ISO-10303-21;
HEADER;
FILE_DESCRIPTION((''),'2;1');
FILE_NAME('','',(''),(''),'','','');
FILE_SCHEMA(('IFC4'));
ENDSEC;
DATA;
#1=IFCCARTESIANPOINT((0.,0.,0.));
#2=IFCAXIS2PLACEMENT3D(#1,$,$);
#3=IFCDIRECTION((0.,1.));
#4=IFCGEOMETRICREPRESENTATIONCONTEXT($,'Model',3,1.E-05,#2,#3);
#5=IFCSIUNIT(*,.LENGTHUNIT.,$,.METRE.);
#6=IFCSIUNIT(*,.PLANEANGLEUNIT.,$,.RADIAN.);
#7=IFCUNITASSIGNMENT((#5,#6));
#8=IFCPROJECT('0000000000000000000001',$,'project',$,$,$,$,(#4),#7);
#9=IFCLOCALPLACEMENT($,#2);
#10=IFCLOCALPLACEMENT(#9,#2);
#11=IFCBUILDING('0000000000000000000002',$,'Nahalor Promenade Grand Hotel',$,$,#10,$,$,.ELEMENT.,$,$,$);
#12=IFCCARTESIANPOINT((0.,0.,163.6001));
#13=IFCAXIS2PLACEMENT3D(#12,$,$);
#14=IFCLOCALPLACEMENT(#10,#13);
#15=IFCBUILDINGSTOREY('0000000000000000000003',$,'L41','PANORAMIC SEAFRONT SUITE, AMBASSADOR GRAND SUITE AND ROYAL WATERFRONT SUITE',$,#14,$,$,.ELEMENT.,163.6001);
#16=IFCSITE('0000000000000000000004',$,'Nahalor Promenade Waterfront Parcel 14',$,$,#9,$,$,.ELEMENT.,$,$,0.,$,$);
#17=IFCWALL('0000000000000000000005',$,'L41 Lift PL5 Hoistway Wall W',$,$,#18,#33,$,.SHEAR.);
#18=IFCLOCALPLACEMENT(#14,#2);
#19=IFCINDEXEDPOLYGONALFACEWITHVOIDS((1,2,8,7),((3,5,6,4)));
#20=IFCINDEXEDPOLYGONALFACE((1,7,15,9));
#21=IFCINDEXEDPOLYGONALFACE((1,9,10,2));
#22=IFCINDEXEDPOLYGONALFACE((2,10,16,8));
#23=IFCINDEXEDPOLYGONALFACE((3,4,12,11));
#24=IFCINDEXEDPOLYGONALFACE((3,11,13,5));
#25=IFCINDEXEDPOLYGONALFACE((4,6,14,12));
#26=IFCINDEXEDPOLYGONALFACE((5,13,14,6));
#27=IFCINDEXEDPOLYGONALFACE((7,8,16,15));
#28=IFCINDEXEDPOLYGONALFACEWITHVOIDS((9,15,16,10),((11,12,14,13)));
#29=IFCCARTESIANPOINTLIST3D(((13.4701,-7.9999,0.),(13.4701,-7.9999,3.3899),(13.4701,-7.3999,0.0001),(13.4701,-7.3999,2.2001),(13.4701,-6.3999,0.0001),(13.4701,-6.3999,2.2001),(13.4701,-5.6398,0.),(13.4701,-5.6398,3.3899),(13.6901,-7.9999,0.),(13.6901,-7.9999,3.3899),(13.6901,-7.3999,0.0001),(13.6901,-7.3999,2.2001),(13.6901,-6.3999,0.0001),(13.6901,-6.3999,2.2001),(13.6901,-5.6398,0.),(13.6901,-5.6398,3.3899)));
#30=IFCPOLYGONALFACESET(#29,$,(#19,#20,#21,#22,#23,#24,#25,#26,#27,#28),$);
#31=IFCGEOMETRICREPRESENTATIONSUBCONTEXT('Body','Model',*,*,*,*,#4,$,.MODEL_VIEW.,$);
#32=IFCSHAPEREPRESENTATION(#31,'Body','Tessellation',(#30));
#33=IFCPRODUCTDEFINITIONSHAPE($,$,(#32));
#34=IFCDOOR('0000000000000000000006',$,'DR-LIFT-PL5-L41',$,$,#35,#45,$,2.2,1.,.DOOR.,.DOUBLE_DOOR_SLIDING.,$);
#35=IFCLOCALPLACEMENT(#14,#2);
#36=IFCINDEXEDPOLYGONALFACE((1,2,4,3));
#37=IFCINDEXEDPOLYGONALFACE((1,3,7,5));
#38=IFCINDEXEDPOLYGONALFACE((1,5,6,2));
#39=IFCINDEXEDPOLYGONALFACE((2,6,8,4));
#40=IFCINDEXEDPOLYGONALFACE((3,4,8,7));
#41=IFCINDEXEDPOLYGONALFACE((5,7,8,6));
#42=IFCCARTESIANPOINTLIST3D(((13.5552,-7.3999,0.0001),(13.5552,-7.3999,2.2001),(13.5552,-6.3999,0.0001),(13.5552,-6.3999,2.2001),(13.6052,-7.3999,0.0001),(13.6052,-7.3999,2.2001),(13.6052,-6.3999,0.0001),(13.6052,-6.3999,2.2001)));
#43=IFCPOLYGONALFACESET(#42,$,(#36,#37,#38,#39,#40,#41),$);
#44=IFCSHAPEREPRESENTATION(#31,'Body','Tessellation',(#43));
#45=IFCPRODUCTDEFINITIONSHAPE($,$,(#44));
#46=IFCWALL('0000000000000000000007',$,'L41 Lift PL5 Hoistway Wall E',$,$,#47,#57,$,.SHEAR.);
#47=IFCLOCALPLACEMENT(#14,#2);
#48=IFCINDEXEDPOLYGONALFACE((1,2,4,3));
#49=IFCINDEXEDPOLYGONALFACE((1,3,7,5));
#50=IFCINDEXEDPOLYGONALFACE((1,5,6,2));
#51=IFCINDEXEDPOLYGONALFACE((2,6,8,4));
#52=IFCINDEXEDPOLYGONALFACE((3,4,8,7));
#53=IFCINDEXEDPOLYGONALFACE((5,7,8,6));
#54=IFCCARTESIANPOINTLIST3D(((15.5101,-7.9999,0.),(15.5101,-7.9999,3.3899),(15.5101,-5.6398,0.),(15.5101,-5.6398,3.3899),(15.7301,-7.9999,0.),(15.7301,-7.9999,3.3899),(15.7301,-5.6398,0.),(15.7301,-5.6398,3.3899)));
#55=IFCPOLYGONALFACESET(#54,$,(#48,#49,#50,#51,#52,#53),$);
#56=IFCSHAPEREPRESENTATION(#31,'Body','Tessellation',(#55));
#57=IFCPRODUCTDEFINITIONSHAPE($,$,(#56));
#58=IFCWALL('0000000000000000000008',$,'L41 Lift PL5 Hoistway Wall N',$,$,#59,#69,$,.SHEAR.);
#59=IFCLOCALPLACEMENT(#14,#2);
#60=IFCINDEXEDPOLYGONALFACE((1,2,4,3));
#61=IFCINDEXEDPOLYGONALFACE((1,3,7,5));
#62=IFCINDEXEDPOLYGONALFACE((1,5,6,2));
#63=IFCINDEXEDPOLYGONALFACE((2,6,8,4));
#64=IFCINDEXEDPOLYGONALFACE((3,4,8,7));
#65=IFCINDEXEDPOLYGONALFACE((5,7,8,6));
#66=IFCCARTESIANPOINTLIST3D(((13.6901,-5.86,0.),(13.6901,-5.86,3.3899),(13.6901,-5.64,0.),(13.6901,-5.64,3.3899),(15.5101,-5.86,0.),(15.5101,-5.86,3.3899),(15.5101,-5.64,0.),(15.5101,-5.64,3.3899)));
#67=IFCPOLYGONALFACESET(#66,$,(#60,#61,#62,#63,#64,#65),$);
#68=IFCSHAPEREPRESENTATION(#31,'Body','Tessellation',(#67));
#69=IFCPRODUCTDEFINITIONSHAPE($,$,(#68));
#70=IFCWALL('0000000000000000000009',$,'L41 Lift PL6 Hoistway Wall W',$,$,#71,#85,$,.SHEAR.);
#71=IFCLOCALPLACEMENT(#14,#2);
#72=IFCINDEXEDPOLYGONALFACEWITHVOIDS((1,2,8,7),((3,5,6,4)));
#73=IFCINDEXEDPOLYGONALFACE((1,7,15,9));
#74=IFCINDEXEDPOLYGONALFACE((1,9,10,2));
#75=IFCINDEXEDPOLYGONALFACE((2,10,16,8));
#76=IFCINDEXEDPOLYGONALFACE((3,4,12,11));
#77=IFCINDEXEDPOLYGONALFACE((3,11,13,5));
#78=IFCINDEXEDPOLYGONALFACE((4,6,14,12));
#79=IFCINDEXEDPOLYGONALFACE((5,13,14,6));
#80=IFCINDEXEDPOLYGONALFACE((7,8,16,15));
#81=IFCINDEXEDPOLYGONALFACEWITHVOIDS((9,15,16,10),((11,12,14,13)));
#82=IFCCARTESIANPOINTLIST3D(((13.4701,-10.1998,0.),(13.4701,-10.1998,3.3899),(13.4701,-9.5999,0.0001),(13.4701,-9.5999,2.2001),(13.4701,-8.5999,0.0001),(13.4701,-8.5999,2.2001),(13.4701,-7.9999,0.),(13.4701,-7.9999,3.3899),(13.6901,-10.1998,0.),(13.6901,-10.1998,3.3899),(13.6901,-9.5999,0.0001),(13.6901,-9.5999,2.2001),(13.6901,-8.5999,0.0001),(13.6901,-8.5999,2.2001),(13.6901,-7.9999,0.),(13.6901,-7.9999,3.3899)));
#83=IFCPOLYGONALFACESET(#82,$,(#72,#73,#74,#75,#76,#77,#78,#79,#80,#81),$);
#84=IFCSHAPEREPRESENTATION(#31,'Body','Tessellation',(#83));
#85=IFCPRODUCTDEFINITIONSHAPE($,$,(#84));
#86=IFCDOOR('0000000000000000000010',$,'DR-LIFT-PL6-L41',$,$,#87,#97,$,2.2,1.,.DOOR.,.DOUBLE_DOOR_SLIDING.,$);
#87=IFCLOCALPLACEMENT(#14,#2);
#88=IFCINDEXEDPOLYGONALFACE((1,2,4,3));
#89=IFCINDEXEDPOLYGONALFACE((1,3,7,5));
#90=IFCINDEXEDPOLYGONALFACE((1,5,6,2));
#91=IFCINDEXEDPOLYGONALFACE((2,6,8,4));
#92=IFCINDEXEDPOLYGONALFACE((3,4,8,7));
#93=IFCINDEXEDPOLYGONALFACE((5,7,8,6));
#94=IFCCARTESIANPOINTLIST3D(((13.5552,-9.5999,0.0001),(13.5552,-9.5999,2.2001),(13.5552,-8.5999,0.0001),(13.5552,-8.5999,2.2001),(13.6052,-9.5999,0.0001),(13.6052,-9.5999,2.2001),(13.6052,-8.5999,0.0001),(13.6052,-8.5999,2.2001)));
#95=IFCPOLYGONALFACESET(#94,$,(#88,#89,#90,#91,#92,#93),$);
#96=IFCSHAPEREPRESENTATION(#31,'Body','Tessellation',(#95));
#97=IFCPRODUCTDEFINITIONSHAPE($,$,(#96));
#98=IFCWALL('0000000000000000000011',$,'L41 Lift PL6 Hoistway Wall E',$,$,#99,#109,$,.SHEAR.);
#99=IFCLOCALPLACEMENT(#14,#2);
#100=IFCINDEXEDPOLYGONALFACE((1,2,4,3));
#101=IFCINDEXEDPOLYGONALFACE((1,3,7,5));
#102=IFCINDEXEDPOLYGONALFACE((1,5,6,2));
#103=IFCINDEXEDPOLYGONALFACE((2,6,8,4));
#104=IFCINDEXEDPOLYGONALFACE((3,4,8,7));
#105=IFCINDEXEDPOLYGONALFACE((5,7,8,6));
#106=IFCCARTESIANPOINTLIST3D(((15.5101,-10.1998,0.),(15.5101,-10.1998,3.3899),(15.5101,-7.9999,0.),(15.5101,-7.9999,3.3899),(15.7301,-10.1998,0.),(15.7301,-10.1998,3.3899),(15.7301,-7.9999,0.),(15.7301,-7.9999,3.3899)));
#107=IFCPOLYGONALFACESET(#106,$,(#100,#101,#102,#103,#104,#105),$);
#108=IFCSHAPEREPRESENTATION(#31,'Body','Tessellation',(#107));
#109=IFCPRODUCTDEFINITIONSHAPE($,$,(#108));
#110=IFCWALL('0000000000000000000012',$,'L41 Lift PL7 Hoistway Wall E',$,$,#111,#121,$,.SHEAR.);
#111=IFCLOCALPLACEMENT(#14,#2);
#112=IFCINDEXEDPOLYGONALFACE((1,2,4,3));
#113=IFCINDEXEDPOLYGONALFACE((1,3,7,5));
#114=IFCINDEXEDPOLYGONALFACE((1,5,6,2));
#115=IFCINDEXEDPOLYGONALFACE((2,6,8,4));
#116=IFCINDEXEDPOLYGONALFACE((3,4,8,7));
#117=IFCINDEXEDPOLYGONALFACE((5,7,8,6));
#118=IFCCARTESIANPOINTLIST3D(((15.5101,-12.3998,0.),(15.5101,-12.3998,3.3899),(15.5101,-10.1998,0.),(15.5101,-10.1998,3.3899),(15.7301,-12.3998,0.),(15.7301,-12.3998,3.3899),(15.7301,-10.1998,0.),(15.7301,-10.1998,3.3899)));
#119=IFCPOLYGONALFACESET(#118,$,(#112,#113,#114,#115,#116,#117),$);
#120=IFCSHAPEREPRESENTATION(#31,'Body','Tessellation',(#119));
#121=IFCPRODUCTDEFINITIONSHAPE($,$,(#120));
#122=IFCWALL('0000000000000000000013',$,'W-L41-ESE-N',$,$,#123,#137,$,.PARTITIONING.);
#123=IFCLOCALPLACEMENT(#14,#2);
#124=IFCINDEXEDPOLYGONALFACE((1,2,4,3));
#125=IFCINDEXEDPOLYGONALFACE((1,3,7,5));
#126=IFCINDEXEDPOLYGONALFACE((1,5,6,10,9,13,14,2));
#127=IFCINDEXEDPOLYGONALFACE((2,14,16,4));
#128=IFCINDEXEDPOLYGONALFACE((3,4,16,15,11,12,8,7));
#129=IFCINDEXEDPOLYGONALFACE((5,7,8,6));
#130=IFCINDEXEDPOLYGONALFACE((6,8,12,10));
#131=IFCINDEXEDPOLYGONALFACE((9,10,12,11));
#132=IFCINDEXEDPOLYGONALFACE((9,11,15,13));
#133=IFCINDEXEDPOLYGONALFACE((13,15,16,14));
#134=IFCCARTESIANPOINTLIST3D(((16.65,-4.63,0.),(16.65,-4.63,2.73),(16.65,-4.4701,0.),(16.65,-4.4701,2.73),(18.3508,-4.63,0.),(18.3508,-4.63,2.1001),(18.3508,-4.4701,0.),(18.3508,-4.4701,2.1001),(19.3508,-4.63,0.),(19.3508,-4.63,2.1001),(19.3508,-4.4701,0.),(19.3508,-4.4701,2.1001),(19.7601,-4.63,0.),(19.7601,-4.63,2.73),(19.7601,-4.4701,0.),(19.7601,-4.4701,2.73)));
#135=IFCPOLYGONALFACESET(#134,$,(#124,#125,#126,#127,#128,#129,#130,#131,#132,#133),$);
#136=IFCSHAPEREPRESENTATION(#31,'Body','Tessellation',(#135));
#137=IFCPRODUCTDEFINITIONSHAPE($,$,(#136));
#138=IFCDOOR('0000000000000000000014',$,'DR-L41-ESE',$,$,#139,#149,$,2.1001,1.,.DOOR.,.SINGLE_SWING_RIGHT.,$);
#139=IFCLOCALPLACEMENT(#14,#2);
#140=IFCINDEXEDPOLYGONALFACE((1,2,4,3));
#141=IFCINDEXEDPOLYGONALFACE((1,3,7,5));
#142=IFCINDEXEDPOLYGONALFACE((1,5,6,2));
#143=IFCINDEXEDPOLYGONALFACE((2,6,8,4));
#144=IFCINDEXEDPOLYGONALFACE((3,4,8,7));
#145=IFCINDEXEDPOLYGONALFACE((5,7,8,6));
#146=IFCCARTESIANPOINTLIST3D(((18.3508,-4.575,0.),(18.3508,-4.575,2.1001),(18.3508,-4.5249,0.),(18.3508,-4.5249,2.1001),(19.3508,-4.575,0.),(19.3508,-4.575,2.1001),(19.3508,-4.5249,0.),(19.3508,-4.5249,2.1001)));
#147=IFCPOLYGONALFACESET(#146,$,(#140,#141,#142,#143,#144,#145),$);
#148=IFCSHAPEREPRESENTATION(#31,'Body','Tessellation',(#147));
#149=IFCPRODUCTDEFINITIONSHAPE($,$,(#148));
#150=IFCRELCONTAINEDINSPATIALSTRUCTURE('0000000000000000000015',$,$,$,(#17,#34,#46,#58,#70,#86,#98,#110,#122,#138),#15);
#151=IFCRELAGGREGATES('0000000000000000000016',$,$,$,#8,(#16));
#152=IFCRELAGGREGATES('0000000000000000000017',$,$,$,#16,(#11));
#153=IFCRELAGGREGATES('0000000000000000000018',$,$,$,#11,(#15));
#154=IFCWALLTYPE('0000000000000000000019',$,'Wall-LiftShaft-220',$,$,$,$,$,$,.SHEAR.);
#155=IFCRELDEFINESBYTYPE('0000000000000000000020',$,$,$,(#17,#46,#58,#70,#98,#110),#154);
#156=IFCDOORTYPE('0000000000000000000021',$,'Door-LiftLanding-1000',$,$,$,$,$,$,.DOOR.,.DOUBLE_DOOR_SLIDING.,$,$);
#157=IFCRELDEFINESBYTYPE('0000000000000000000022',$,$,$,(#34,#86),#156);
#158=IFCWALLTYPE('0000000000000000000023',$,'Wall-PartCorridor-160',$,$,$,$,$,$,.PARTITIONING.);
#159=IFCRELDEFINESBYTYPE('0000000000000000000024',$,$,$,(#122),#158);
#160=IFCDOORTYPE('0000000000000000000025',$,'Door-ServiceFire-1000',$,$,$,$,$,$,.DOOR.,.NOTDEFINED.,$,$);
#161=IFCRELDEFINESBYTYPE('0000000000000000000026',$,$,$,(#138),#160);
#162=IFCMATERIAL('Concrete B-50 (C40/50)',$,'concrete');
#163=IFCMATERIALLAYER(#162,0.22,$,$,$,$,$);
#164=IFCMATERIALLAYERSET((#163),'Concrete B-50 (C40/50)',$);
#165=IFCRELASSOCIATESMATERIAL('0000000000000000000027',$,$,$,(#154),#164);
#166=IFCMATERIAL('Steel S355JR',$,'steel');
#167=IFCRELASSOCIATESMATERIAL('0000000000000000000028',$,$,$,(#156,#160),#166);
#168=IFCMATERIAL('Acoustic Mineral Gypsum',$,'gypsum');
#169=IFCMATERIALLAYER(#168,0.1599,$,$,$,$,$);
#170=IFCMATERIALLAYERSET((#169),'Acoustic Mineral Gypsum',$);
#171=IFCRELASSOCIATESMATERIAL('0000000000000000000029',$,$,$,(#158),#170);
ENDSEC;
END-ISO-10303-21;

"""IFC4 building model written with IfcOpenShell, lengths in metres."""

from ifc_helpers import new_model, si_unit, direction, frame, frame_2d, origin, place, context, subcontext, project, spatial, rectangle, extrude, source, transform, mapped, material, layer, layer_set, type_object, element, fill, save


model = new_model("IFC4")

# Units and contexts
model_context = context("Model", 3, precision=1e-05, world=origin(), true_north=direction((0.0, 1.0)))
body_context = subcontext(model_context, "Body", "Model", "MODEL_VIEW")
ifc_project = project(units=[si_unit("LENGTHUNIT", "METRE"), si_unit("PLANEANGLEUNIT", "RADIAN")], contexts=[model_context])

# Site, building, storey
site_placement = place(None, origin())
site = spatial("IfcSite", under=ifc_project, at=site_placement, Name="Nahalor Promenade Waterfront Parcel 14", CompositionType="ELEMENT", RefElevation=0.0)
building_placement = place(site_placement, origin())
building = spatial("IfcBuilding", under=site, at=building_placement, Name="Nahalor Promenade Grand Hotel", CompositionType="ELEMENT")
storey_placement = place(building_placement, frame((0.0, 0.0, 163.6001)))
storey = spatial("IfcBuildingStorey", under=building, at=storey_placement, Name="L41", Description="PANORAMIC SEAFRONT SUITE, AMBASSADOR GRAND SUITE AND ROYAL WATERFRONT SUITE", CompositionType="ELEMENT", Elevation=163.6001)

# Shared definitions
ifc_material_1 = material(Name="Steel S355JR", Category="steel")

# Shared definitions
ifc_material_2 = material(Name="Concrete B-50 (C40/50)", Category="concrete")
ifc_layer_1 = layer(ifc_material_2, 0.22)
ifc_layer_set_1 = layer_set([ifc_layer_1], Name="Concrete B-50 (C40/50)")
wall_type_1 = type_object("IfcWallType", Name="Wall-LiftShaft-220", PredefinedType="SHEAR", material=ifc_layer_set_1)

# Wall, opening, door
shared_shape_1 = source(origin(), body_context, "Body", "SweptSolid", [
    extrude(rectangle(XDim=2.3601, YDim=0.22, at=frame_2d((1.1802, 0.0))), origin(), (0.0, 0.0, 1.0), 3.3899),
])
wall_1_placement = place(storey_placement, frame((13.5801, -8.0, 0.0), z_axis=(0.0, 0.0, 1.0), x_axis=(0.0, 1.0, 0.0)))
wall_1 = element("IfcWall", 1, at=wall_1_placement, inside=storey, type_object=wall_type_1, Name="L41 Lift PL5 Hoistway Wall W", PredefinedType="SHEAR", context=body_context, shape_type="MappedRepresentation", body=[
    mapped(shared_shape_1, transform((0.0, 0.0, 0.0), scale=1.0)),
])
opening_1_placement = place(wall_1_placement, frame((0.6001, 0.0, 0.0)))
opening_1 = element("IfcOpeningElement", 2, at=opening_1_placement, cuts=wall_1, PredefinedType="OPENING", context=body_context, shape_type="SweptSolid", body=[
    extrude(rectangle(XDim=1.0, YDim=2.2, at=frame_2d((0.5, 1.1001))), frame((0.0, 0.1199, 0.0), z_axis=(0.0, -1.0, 0.0), x_axis=(1.0, 0.0, 0.0)), (0.0, 0.0, 1.0), 0.24),
])
door_type_1 = type_object("IfcDoorType", Name="Door-LiftLanding-1000", OperationType="DOUBLE_DOOR_SLIDING", PredefinedType="DOOR", material=ifc_material_1)
shared_shape_2 = source(origin(), body_context, "Body", "SweptSolid", [
    extrude(rectangle(XDim=1.0, YDim=2.2, at=frame_2d((0.5, 1.1001))), frame((0.0, 0.0249, 0.0), z_axis=(0.0, -1.0, 0.0), x_axis=(1.0, 0.0, 0.0)), (0.0, 0.0, 1.0), 0.05),
])
door_1_placement = place(opening_1_placement, origin())
door_1 = element("IfcDoor", 3, at=door_1_placement, inside=storey, type_object=door_type_1, Name="DR-LIFT-PL5-L41", OperationType="DOUBLE_DOOR_SLIDING", OverallHeight=2.2, OverallWidth=1.0, PredefinedType="DOOR", context=body_context, shape_type="MappedRepresentation", body=[
    mapped(shared_shape_2, transform((0.0, 0.0, 0.0), scale=1.0)),
])
fill(opening_1, door_1)

# Walls
wall_2_placement = place(storey_placement, frame((15.6201, -8.0, 0.0), z_axis=(0.0, 0.0, 1.0), x_axis=(0.0, 1.0, 0.0)))
element("IfcWall", 4, at=wall_2_placement, inside=storey, type_object=wall_type_1, Name="L41 Lift PL5 Hoistway Wall E", PredefinedType="SHEAR", context=body_context, shape_type="MappedRepresentation", body=[
    mapped(shared_shape_1, transform((0.0, 0.0, 0.0), scale=1.0)),
])
shared_shape_3 = source(origin(), body_context, "Body", "SweptSolid", [
    extrude(rectangle(XDim=1.8201, YDim=0.22, at=frame_2d((0.9102, 0.0))), origin(), (0.0, 0.0, 1.0), 3.3899),
])
wall_3_placement = place(storey_placement, frame((13.6899, -5.75, 0.0), z_axis=(0.0, 0.0, 1.0), x_axis=(1.0, 0.0, 0.0)))
element("IfcWall", 5, at=wall_3_placement, inside=storey, type_object=wall_type_1, Name="L41 Lift PL5 Hoistway Wall N", PredefinedType="SHEAR", context=body_context, shape_type="MappedRepresentation", body=[
    mapped(shared_shape_3, transform((0.0, 0.0, 0.0), scale=1.0)),
])

# Wall, opening, door
shared_shape_4 = source(origin(), body_context, "Body", "SweptSolid", [
    extrude(rectangle(XDim=2.2, YDim=0.22, at=frame_2d((1.1001, 0.0))), origin(), (0.0, 0.0, 1.0), 3.3899),
])
wall_4_placement = place(storey_placement, frame((13.5801, -10.2, 0.0), z_axis=(0.0, 0.0, 1.0), x_axis=(0.0, 1.0, 0.0)))
wall_4 = element("IfcWall", 6, at=wall_4_placement, inside=storey, type_object=wall_type_1, Name="L41 Lift PL6 Hoistway Wall W", PredefinedType="SHEAR", context=body_context, shape_type="MappedRepresentation", body=[
    mapped(shared_shape_4, transform((0.0, 0.0, 0.0), scale=1.0)),
])
opening_2_placement = place(wall_4_placement, frame((0.6001, 0.0, 0.0)))
opening_2 = element("IfcOpeningElement", 7, at=opening_2_placement, cuts=wall_4, PredefinedType="OPENING", context=body_context, shape_type="SweptSolid", body=[
    extrude(rectangle(XDim=1.0, YDim=2.2, at=frame_2d((0.5, 1.1001))), frame((0.0, 0.1199, 0.0), z_axis=(0.0, -1.0, 0.0), x_axis=(1.0, 0.0, 0.0)), (0.0, 0.0, 1.0), 0.24),
])
door_2_placement = place(opening_2_placement, origin())
door_2 = element("IfcDoor", 8, at=door_2_placement, inside=storey, type_object=door_type_1, Name="DR-LIFT-PL6-L41", OperationType="DOUBLE_DOOR_SLIDING", OverallHeight=2.2, OverallWidth=1.0, PredefinedType="DOOR", context=body_context, shape_type="MappedRepresentation", body=[
    mapped(shared_shape_2, transform((0.0, 0.0, 0.0), scale=1.0)),
])
fill(opening_2, door_2)

# Walls
for number, where, z_axis, x_axis, name in (
    (9, (15.6201, -10.2, 0.0), (0.0, 0.0, 1.0), (0.0, 1.0, 0.0), "L41 Lift PL6 Hoistway Wall E"),
    (10, (15.6201, -12.3999, 0.0), (0.0, 0.0, 1.0), (0.0, 1.0, 0.0), "L41 Lift PL7 Hoistway Wall E"),
):
    element("IfcWall", number, at=place(storey_placement, frame(where, z_axis=z_axis, x_axis=x_axis)), inside=storey, type_object=wall_type_1, Name=name, PredefinedType="SHEAR", context=body_context, shape_type="MappedRepresentation", body=[
        mapped(shared_shape_4, transform((0.0, 0.0, 0.0), scale=1.0)),
    ])

# Wall, opening, door
ifc_material_3 = material(Name="Acoustic Mineral Gypsum", Category="gypsum")
ifc_layer_2 = layer(ifc_material_3, 0.1599)
ifc_layer_set_2 = layer_set([ifc_layer_2], Name="Acoustic Mineral Gypsum")
wall_type_2 = type_object("IfcWallType", Name="Wall-PartCorridor-160", PredefinedType="PARTITIONING", material=ifc_layer_set_2)
shared_shape_5 = source(origin(), body_context, "Body", "SweptSolid", [
    extrude(rectangle(XDim=3.1101, YDim=0.1599, at=frame_2d((1.5552, 0.0))), origin(), (0.0, 0.0, 1.0), 2.73),
])
wall_5_placement = place(storey_placement, frame((16.6499, -4.55, 0.0), z_axis=(0.0, 0.0, 1.0), x_axis=(1.0, 0.0, 0.0)))
wall_5 = element("IfcWall", 11, at=wall_5_placement, inside=storey, type_object=wall_type_2, Name="W-L41-ESE-N", PredefinedType="PARTITIONING", context=body_context, shape_type="MappedRepresentation", body=[
    mapped(shared_shape_5, transform((0.0, 0.0, 0.0), scale=1.0)),
])
opening_3_placement = place(wall_5_placement, frame((1.7009, 0.0, 0.0)))
opening_3 = element("IfcOpeningElement", 12, at=opening_3_placement, cuts=wall_5, PredefinedType="OPENING", context=body_context, shape_type="SweptSolid", body=[
    extrude(rectangle(XDim=1.0, YDim=2.1001, at=frame_2d((0.5, 1.05))), frame((0.0, 0.0898, 0.0), z_axis=(0.0, -1.0, 0.0), x_axis=(1.0, 0.0, 0.0)), (0.0, 0.0, 1.0), 0.1799),
])
door_type_2 = type_object("IfcDoorType", Name="Door-ServiceFire-1000", OperationType="NOTDEFINED", PredefinedType="DOOR", material=ifc_material_1)
shared_shape_6 = source(origin(), body_context, "Body", "SweptSolid", [
    extrude(rectangle(XDim=1.0, YDim=2.1001, at=frame_2d((0.5, 1.05))), frame((0.0, 0.0249, 0.0), z_axis=(0.0, -1.0, 0.0), x_axis=(1.0, 0.0, 0.0)), (0.0, 0.0, 1.0), 0.05),
])
door_3_placement = place(opening_3_placement, frame((1.0, 0.0, 0.0), z_axis=(0.0, 0.0, 1.0), x_axis=(-1.0, 0.0, 0.0)))
door_3 = element("IfcDoor", 13, at=door_3_placement, inside=storey, type_object=door_type_2, Name="DR-L41-ESE", OperationType="SINGLE_SWING_RIGHT", OverallHeight=2.1001, OverallWidth=1.0, PredefinedType="DOOR", context=body_context, shape_type="MappedRepresentation", body=[
    mapped(shared_shape_6, transform((0.0, 0.0, 0.0), scale=1.0)),
])
fill(opening_3, door_3)

save(model, "model.ifc")
